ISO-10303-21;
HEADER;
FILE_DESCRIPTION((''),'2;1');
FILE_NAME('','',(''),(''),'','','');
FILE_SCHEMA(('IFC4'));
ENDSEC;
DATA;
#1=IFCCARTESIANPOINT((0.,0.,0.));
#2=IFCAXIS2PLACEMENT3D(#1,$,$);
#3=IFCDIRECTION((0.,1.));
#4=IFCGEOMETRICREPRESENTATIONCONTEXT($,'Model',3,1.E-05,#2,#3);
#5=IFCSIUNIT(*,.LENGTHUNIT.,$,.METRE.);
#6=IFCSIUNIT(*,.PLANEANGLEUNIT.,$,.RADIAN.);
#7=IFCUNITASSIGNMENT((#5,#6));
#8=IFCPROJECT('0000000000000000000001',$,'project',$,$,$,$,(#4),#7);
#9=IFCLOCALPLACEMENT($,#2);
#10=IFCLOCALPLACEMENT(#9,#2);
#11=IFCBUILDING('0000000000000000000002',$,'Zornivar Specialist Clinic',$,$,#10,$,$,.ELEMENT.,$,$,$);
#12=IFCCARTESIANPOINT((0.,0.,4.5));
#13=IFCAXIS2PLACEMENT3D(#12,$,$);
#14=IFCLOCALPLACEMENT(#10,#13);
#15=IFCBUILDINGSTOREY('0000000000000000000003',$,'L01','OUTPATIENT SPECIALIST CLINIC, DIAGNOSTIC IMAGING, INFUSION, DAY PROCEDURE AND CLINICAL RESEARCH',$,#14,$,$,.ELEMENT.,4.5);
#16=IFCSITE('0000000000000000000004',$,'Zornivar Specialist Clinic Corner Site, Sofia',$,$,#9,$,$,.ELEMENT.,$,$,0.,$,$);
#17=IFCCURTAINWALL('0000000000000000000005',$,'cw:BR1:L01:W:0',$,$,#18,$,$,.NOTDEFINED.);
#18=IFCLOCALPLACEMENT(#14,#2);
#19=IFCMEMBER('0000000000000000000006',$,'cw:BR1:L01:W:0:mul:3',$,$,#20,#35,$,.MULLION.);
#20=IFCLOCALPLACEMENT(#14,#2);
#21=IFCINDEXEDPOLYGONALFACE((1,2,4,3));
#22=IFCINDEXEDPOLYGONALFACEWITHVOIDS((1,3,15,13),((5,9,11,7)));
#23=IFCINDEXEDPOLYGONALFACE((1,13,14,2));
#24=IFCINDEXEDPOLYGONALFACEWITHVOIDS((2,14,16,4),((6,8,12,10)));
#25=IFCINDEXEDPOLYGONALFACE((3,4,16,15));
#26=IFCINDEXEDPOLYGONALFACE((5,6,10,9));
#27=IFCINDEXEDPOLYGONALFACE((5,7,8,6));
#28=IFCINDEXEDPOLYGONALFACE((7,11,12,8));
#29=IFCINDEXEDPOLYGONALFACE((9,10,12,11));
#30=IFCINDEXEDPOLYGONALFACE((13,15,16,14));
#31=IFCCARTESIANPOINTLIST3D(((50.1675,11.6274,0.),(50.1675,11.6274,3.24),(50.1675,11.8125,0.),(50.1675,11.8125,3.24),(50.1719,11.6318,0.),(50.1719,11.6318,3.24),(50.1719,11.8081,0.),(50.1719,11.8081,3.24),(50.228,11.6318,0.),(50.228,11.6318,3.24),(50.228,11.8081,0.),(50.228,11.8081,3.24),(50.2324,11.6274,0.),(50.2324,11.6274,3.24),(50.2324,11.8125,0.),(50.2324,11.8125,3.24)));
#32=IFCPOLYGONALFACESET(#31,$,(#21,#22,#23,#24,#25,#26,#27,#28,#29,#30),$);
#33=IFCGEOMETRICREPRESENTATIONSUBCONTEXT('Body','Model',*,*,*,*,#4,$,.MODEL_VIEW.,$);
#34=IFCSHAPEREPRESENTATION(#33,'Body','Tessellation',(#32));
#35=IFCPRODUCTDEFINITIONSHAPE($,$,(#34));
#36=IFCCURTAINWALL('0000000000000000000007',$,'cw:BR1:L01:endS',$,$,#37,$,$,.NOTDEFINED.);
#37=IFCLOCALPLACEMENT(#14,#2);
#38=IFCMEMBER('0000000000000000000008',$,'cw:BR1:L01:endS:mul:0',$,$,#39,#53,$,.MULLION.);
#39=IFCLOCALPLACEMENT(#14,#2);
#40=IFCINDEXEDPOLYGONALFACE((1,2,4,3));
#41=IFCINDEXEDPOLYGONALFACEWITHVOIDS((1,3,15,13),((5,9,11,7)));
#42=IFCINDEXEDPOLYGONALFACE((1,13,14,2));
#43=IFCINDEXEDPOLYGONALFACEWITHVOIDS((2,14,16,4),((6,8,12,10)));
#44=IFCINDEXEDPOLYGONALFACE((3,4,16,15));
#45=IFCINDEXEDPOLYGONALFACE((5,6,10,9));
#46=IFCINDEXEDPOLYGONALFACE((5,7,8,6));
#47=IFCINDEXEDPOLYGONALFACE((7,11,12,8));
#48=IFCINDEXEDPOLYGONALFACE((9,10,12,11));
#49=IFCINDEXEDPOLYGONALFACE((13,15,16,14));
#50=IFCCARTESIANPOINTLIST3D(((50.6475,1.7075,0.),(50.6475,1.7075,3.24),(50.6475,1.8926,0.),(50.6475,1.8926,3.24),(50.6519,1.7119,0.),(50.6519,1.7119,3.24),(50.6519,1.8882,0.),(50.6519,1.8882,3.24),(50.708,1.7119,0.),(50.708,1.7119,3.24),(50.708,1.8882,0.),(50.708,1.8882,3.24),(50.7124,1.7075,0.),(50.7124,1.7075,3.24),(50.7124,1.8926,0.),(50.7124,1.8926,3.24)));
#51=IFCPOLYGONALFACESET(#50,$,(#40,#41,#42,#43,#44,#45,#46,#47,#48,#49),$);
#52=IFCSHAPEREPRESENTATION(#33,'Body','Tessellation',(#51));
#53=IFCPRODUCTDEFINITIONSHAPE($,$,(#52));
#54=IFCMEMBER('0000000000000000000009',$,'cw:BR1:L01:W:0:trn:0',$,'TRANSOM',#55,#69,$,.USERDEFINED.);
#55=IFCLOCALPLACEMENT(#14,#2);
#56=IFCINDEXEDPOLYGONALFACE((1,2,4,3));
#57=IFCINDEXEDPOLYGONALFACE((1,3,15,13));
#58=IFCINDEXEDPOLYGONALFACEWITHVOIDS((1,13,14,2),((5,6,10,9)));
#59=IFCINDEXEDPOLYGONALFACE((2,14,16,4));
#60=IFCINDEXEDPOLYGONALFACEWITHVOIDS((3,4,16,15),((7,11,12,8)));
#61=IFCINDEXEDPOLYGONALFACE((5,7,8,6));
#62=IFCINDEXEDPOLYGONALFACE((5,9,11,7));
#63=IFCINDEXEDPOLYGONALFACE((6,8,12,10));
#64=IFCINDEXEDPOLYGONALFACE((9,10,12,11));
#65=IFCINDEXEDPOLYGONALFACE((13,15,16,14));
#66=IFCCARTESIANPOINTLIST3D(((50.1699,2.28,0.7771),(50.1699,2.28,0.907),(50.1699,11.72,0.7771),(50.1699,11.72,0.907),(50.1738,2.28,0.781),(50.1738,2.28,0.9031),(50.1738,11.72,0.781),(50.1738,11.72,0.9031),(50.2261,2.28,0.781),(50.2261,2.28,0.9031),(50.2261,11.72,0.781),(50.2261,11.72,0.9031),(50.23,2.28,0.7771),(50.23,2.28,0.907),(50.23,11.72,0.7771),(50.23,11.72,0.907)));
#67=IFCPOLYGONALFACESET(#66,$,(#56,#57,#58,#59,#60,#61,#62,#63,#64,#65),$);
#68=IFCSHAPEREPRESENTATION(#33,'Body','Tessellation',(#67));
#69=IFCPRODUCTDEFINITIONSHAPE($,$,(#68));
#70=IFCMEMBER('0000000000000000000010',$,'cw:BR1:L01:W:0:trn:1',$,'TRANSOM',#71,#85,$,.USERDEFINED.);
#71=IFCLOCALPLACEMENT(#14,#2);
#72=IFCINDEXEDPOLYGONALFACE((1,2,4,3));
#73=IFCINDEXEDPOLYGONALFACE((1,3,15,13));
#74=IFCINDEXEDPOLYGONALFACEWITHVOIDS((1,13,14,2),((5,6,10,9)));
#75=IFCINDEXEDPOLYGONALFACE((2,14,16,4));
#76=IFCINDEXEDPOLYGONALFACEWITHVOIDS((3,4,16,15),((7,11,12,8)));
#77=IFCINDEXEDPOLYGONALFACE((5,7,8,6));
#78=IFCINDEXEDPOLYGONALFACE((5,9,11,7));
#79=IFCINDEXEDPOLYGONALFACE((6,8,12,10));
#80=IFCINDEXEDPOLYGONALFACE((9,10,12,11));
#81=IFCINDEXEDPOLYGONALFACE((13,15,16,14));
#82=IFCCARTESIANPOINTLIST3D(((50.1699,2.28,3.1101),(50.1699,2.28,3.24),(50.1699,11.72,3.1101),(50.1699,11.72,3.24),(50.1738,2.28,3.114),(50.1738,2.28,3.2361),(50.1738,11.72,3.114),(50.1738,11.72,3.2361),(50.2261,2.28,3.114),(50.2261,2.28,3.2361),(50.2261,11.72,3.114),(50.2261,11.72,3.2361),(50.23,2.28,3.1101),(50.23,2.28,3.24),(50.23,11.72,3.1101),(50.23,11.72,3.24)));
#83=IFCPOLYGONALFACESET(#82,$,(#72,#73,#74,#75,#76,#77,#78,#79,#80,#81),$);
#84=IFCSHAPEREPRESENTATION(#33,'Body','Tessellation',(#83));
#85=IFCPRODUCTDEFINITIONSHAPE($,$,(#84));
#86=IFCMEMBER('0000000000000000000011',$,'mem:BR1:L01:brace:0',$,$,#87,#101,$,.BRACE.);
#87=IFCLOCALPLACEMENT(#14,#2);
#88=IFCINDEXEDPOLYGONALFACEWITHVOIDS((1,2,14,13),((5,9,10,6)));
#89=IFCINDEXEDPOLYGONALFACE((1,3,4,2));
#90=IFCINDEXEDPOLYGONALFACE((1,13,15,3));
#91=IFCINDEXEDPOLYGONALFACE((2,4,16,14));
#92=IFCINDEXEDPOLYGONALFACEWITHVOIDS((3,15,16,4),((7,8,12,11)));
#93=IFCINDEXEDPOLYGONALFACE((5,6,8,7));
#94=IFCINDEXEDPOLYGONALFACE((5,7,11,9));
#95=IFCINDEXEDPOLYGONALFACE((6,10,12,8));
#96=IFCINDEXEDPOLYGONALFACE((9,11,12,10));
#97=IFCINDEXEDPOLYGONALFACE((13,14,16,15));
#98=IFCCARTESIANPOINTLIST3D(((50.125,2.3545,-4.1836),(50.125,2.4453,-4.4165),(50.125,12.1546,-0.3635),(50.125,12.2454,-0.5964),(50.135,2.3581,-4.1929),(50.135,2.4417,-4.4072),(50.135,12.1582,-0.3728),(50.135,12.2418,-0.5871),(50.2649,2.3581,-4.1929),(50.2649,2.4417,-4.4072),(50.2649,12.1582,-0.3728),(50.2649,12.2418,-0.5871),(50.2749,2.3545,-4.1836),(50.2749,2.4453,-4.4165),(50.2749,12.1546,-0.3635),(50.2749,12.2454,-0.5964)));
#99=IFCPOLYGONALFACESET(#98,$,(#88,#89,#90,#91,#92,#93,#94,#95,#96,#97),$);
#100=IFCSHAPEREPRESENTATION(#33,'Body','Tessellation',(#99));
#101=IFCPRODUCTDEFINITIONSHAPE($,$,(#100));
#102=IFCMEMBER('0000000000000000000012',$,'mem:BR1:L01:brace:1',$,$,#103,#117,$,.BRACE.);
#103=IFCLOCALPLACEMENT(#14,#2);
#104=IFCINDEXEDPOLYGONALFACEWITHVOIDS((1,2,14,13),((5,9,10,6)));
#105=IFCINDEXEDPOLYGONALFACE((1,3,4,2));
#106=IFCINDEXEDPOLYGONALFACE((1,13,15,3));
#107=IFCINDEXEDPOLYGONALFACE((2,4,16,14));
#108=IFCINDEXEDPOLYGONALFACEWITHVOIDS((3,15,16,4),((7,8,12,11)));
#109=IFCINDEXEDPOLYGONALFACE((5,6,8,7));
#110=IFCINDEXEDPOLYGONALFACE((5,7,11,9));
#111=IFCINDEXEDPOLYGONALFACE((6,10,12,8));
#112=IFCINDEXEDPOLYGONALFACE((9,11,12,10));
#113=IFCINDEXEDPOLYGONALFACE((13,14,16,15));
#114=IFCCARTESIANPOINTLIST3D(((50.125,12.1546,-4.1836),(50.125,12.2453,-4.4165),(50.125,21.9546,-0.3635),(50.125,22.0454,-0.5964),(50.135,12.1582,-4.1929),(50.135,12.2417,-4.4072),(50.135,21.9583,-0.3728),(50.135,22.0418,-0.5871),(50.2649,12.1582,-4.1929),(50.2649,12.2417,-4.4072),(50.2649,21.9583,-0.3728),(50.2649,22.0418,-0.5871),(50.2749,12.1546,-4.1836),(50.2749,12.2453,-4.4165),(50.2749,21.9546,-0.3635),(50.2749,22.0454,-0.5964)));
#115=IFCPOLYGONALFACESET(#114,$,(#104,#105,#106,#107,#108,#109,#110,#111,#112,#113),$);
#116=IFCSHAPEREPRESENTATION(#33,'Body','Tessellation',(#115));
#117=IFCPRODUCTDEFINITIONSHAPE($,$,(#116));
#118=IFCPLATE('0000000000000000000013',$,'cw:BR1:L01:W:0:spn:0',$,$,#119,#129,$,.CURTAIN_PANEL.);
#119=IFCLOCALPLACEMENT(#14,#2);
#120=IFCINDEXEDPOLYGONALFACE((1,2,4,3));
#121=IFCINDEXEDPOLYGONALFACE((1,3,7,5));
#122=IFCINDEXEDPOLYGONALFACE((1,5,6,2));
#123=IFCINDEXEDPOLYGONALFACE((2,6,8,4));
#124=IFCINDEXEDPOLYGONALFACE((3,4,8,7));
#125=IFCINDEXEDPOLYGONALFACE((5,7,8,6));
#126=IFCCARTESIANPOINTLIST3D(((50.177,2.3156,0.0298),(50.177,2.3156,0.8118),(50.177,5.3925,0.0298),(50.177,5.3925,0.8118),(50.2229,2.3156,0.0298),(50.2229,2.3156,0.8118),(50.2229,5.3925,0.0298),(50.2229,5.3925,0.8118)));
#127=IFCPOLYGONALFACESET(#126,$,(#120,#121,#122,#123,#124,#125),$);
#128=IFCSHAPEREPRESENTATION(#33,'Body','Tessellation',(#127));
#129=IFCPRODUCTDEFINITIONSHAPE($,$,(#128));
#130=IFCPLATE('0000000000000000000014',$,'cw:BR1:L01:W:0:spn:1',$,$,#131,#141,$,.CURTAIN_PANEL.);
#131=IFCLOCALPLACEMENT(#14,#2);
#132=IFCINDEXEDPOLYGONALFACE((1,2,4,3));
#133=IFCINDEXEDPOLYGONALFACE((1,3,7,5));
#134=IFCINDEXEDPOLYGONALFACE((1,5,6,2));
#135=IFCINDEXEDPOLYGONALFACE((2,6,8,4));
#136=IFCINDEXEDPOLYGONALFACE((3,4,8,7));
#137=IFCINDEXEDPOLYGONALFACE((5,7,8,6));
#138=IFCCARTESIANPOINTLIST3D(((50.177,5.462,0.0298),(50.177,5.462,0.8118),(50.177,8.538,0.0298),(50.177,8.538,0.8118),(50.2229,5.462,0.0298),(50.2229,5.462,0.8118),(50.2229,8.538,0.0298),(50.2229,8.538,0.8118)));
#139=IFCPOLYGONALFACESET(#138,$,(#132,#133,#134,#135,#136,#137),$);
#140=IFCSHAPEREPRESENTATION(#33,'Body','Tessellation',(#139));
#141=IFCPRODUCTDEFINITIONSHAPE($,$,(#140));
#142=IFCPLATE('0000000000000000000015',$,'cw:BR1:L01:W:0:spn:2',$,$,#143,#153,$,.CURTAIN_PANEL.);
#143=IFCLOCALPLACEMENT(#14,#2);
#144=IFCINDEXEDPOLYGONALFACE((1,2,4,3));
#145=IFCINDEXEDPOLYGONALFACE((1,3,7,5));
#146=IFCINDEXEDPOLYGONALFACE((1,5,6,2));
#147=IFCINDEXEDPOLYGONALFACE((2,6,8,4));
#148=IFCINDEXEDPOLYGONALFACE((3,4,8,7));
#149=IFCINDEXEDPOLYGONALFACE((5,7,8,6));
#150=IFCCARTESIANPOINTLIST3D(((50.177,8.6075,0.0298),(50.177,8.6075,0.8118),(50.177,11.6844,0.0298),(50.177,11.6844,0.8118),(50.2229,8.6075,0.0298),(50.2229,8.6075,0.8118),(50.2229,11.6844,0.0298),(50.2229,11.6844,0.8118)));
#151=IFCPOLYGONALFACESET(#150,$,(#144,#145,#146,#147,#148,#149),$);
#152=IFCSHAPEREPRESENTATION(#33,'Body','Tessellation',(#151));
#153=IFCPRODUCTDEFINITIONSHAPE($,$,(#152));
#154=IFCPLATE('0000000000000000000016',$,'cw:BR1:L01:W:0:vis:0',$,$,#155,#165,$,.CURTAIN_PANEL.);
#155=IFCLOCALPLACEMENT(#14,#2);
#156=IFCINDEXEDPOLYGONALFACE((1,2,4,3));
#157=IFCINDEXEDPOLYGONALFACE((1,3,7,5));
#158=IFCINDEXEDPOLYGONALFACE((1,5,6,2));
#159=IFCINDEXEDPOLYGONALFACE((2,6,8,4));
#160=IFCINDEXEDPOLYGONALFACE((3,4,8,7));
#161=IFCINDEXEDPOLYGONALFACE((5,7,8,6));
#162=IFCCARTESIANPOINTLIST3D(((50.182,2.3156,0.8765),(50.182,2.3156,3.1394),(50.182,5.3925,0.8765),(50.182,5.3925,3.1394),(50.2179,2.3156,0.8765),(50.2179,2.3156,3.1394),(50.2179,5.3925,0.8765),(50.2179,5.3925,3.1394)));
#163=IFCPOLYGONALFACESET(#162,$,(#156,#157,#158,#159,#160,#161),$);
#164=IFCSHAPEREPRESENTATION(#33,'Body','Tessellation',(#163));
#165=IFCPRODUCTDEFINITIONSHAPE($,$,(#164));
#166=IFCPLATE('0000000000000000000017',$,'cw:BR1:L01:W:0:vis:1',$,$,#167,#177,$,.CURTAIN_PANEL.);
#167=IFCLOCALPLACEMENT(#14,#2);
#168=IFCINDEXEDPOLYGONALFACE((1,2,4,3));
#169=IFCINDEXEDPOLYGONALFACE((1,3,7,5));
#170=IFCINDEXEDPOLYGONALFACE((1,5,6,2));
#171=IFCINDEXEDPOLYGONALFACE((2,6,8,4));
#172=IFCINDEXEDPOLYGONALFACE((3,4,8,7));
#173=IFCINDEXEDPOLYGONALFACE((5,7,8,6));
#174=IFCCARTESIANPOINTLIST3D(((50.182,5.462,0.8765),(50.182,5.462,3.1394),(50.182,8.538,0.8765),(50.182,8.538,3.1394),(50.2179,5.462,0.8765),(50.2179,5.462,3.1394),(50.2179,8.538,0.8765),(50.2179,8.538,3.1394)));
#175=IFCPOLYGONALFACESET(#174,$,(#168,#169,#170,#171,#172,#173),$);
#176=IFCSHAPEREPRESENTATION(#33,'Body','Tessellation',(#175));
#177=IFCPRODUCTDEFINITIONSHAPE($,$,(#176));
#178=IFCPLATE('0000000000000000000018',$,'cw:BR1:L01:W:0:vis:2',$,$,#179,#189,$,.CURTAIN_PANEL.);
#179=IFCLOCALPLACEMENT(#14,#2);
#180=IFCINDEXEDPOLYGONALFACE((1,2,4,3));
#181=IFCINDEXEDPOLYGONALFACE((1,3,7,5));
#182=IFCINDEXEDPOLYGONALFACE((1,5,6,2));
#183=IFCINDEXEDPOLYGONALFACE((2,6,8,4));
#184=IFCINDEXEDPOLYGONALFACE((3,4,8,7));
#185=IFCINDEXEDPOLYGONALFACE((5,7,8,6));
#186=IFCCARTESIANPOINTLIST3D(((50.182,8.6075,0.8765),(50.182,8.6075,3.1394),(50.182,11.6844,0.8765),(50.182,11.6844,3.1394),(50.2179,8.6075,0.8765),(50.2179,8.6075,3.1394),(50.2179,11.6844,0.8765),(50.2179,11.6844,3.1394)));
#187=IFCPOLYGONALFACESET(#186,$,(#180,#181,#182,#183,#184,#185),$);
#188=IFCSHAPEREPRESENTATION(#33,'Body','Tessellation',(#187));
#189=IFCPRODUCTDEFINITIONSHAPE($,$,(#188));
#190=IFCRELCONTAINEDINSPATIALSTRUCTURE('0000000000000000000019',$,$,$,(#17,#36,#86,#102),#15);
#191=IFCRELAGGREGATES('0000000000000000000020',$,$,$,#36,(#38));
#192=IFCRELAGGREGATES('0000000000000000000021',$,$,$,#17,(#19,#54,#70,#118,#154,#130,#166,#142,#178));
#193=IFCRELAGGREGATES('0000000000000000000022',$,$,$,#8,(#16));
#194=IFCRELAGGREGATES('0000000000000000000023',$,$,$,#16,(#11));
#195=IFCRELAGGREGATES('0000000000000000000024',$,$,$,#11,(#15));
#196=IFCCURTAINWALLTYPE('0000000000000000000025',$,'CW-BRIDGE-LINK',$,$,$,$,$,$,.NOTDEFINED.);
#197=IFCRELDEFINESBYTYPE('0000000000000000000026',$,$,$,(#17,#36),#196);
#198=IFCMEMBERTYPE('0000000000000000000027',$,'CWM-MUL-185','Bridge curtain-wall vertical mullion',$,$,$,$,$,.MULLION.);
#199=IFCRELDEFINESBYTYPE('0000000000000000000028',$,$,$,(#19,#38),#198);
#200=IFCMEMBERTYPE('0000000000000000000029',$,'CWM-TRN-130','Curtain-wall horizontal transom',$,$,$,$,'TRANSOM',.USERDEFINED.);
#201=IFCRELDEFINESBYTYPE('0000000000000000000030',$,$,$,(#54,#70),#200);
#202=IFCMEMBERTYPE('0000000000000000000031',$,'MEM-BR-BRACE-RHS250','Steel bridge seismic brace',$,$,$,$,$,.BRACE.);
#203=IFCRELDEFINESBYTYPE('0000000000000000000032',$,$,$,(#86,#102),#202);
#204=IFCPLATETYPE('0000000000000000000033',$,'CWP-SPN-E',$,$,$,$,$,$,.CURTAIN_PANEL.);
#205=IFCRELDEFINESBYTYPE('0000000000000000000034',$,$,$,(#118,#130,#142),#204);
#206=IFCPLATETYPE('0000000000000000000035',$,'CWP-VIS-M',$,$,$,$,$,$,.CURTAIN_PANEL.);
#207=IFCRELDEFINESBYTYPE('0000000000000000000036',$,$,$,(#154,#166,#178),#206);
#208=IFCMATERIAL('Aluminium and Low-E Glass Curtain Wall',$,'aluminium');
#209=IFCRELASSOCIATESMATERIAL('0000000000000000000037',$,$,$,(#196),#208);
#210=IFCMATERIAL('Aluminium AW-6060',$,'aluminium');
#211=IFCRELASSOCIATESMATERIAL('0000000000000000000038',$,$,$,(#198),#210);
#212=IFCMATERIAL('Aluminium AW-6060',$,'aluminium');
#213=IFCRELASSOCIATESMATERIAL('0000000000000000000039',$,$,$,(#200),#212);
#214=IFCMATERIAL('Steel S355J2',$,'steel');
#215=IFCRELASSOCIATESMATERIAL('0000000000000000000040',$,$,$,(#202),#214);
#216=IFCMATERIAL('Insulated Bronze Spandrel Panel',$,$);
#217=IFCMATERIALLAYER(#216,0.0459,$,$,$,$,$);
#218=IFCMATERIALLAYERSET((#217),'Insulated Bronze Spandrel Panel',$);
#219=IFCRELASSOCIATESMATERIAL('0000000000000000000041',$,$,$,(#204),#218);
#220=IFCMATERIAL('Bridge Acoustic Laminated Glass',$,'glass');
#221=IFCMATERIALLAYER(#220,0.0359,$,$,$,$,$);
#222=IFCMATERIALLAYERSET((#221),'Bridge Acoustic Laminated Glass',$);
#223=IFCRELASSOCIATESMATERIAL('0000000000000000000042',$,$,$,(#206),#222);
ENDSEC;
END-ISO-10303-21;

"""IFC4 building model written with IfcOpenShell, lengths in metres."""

from ifc_helpers import new_model, si_unit, direction, frame, origin, origin_2d, place, context, subcontext, project, spatial, rectangle, hollow_rectangle, extrude, material, layer, layer_set, material_profile, profile_set, type_object, element, aggregate, save


model = new_model("IFC4")

# Units and contexts
model_context = context("Model", 3, precision=1e-05, world=origin(), true_north=direction((0.0, 1.0)))
body_context = subcontext(model_context, "Body", "Model", "MODEL_VIEW")
ifc_project = project(units=[si_unit("LENGTHUNIT", "METRE"), si_unit("PLANEANGLEUNIT", "RADIAN")], contexts=[model_context])

# Site, building, storey
site_placement = place(None, origin())
site = spatial("IfcSite", under=ifc_project, at=site_placement, Name="Zornivar Specialist Clinic Corner Site, Sofia", CompositionType="ELEMENT", RefElevation=0.0)
building_placement = place(site_placement, origin())
building = spatial("IfcBuilding", under=site, at=building_placement, Name="Zornivar Specialist Clinic", CompositionType="ELEMENT")
storey_placement = place(building_placement, frame((0.0, 0.0, 4.5)))
storey = spatial("IfcBuildingStorey", under=building, at=storey_placement, Name="L01", Description="OUTPATIENT SPECIALIST CLINIC, DIAGNOSTIC IMAGING, INFUSION, DAY PROCEDURE AND CLINICAL RESEARCH", CompositionType="ELEMENT", Elevation=4.5)

# Curtain wall, member
ifc_material_1 = material(Name="Aluminium and Low-E Glass Curtain Wall", Category="aluminium")
curtain_wall_type = type_object("IfcCurtainWallType", Name="CW-BRIDGE-LINK", PredefinedType="NOTDEFINED", material=ifc_material_1)
curtain_wall_1_placement = place(storey_placement, origin())
curtain_wall_1 = element("IfcCurtainWall", 1, at=curtain_wall_1_placement, inside=storey, type_object=curtain_wall_type, Name="cw:BR1:L01:W:0", PredefinedType="NOTDEFINED")
ifc_material_2 = material(Name="Aluminium AW-6060", Category="aluminium")
ifc_material_profile_1 = material_profile(ifc_material_2, hollow_rectangle(XDim=0.0649, YDim=0.1851, WallThickness=0.0044, at=origin_2d()), Name="ALU 65x185x4.5")
ifc_profile_set_1 = profile_set([ifc_material_profile_1], Name="Aluminium AW-6060")
member_type_1 = type_object("IfcMemberType", Name="CWM-MUL-185", Description="Bridge curtain-wall vertical mullion", PredefinedType="MULLION", material=ifc_profile_set_1)
member_1_placement = place(storey_placement, frame((50.2, 11.72, 0.0), z_axis=(0.0, 0.0, 1.0), x_axis=(1.0, 0.0, 0.0)))
member_1 = element("IfcMember", 2, at=member_1_placement, type_object=member_type_1, Name="cw:BR1:L01:W:0:mul:3", PredefinedType="MULLION", context=body_context, shape_type="SweptSolid", body=[
    extrude(hollow_rectangle(XDim=0.0649, YDim=0.1851, WallThickness=0.0044, at=origin_2d()), origin(), (0.0, 0.0, 1.0), 3.24),
])

# Curtain wall, member
curtain_wall_2_placement = place(storey_placement, origin())
curtain_wall_2 = element("IfcCurtainWall", 3, at=curtain_wall_2_placement, inside=storey, type_object=curtain_wall_type, Name="cw:BR1:L01:endS", PredefinedType="NOTDEFINED")
member_2_placement = place(storey_placement, frame((50.6799, 1.8, 0.0), z_axis=(0.0, 0.0, 1.0), x_axis=(1.0, 0.0, 0.0)))
member_2 = element("IfcMember", 4, at=member_2_placement, type_object=member_type_1, Name="cw:BR1:L01:endS:mul:0", PredefinedType="MULLION", context=body_context, shape_type="SweptSolid", body=[
    extrude(hollow_rectangle(XDim=0.0649, YDim=0.1851, WallThickness=0.0044, at=origin_2d()), origin(), (0.0, 0.0, 1.0), 3.24),
])
aggregate(curtain_wall_2, [member_2])

# Members
ifc_material_3 = material(Name="Aluminium AW-6060", Category="aluminium")
ifc_material_profile_2 = material_profile(ifc_material_3, hollow_rectangle(XDim=0.0601, YDim=0.1299, WallThickness=0.0039, at=origin_2d()), Name="ALU 60x130x4")
ifc_profile_set_2 = profile_set([ifc_material_profile_2], Name="Aluminium AW-6060")
member_type_2 = type_object("IfcMemberType", Name="CWM-TRN-130", Description="Curtain-wall horizontal transom", ElementType="TRANSOM", PredefinedType="USERDEFINED", material=ifc_profile_set_2)
member_3_placement = place(storey_placement, frame((50.2, 2.28, 0.842), z_axis=(0.0, 1.0, 0.0), x_axis=(-1.0, 0.0, 0.0)))
member_3 = element("IfcMember", 5, at=member_3_placement, type_object=member_type_2, Name="cw:BR1:L01:W:0:trn:0", ObjectType="TRANSOM", PredefinedType="USERDEFINED", context=body_context, shape_type="SweptSolid", body=[
    extrude(hollow_rectangle(XDim=0.0601, YDim=0.1299, WallThickness=0.0039, at=origin_2d()), origin(), (0.0, 0.0, 1.0), 9.4399),
])
member_4_placement = place(storey_placement, frame((50.2, 2.28, 3.175), z_axis=(0.0, 1.0, 0.0), x_axis=(-1.0, 0.0, 0.0)))
member_4 = element("IfcMember", 6, at=member_4_placement, type_object=member_type_2, Name="cw:BR1:L01:W:0:trn:1", ObjectType="TRANSOM", PredefinedType="USERDEFINED", context=body_context, shape_type="SweptSolid", body=[
    extrude(hollow_rectangle(XDim=0.0601, YDim=0.1299, WallThickness=0.0039, at=origin_2d()), origin(), (0.0, 0.0, 1.0), 9.4399),
])

# Members
ifc_material_4 = material(Name="Steel S355J2", Category="steel")
ifc_material_profile_3 = material_profile(ifc_material_4, hollow_rectangle(XDim=0.1499, YDim=0.25, WallThickness=0.01, at=origin_2d()), Name="RHS 250x150x10")
ifc_profile_set_3 = profile_set([ifc_material_profile_3], Name="Steel S355J2")
member_type_3 = type_object("IfcMemberType", Name="MEM-BR-BRACE-RHS250", Description="Steel bridge seismic brace", PredefinedType="BRACE", material=ifc_profile_set_3)
for number, where, z_axis, x_axis, name in (
    (7, (50.2, 2.3999, -4.3), (0.0, 0.931717, 0.363184), (-1.0, 0.0, 0.0), "mem:BR1:L01:brace:0"),
    (8, (50.2, 12.2, -4.3), (0.0, 0.931717, 0.363184), (-1.0, 0.0, 0.0), "mem:BR1:L01:brace:1"),
):
    element("IfcMember", number, at=place(storey_placement, frame(where, z_axis=z_axis, x_axis=x_axis)), inside=storey, type_object=member_type_3, Name=name, PredefinedType="BRACE", context=body_context, shape_type="SweptSolid", body=[
        extrude(hollow_rectangle(XDim=0.1499, YDim=0.25, WallThickness=0.01, at=origin_2d()), origin(), (0.0, 0.0, 1.0), 10.5183),
    ])

# Plates
ifc_material_5 = material(Name="Insulated Bronze Spandrel Panel")
ifc_layer_1 = layer(ifc_material_5, 0.0459)
ifc_layer_set_1 = layer_set([ifc_layer_1], Name="Insulated Bronze Spandrel Panel")
plate_type_1 = type_object("IfcPlateType", Name="CWP-SPN-E", PredefinedType="CURTAIN_PANEL", material=ifc_layer_set_1)
plate_1_placement = place(storey_placement, frame((50.2, 3.854, 0.0298), z_axis=(0.0, 0.0, 1.0), x_axis=(0.0, 1.0, 0.0)))
plate_1 = element("IfcPlate", 9, at=plate_1_placement, type_object=plate_type_1, Name="cw:BR1:L01:W:0:spn:0", PredefinedType="CURTAIN_PANEL", context=body_context, shape_type="SweptSolid", body=[
    extrude(rectangle(XDim=3.0769, YDim=0.0459, at=origin_2d()), origin(), (0.0, 0.0, 1.0), 0.782),
])
plate_2_placement = place(storey_placement, frame((50.2, 7.0, 0.0298), z_axis=(0.0, 0.0, 1.0), x_axis=(0.0, 1.0, 0.0)))
plate_2 = element("IfcPlate", 10, at=plate_2_placement, type_object=plate_type_1, Name="cw:BR1:L01:W:0:spn:1", PredefinedType="CURTAIN_PANEL", context=body_context, shape_type="SweptSolid", body=[
    extrude(rectangle(XDim=3.0759, YDim=0.0459, at=origin_2d()), origin(), (0.0, 0.0, 1.0), 0.782),
])
plate_3_placement = place(storey_placement, frame((50.2, 10.146, 0.0298), z_axis=(0.0, 0.0, 1.0), x_axis=(0.0, 1.0, 0.0)))
plate_3 = element("IfcPlate", 11, at=plate_3_placement, type_object=plate_type_1, Name="cw:BR1:L01:W:0:spn:2", PredefinedType="CURTAIN_PANEL", context=body_context, shape_type="SweptSolid", body=[
    extrude(rectangle(XDim=3.0769, YDim=0.0459, at=origin_2d()), origin(), (0.0, 0.0, 1.0), 0.782),
])
ifc_material_6 = material(Name="Bridge Acoustic Laminated Glass", Category="glass")
ifc_layer_2 = layer(ifc_material_6, 0.0359)
ifc_layer_set_2 = layer_set([ifc_layer_2], Name="Bridge Acoustic Laminated Glass")
plate_type_2 = type_object("IfcPlateType", Name="CWP-VIS-M", PredefinedType="CURTAIN_PANEL", material=ifc_layer_set_2)
plate_4_placement = place(storey_placement, frame((50.2, 3.854, 0.8765), z_axis=(0.0, 0.0, 1.0), x_axis=(0.0, 1.0, 0.0)))
plate_4 = element("IfcPlate", 12, at=plate_4_placement, type_object=plate_type_2, Name="cw:BR1:L01:W:0:vis:0", PredefinedType="CURTAIN_PANEL", context=body_context, shape_type="SweptSolid", body=[
    extrude(rectangle(XDim=3.0769, YDim=0.0359, at=origin_2d()), origin(), (0.0, 0.0, 1.0), 2.2629),
])
plate_5_placement = place(storey_placement, frame((50.2, 7.0, 0.8765), z_axis=(0.0, 0.0, 1.0), x_axis=(0.0, 1.0, 0.0)))
plate_5 = element("IfcPlate", 13, at=plate_5_placement, type_object=plate_type_2, Name="cw:BR1:L01:W:0:vis:1", PredefinedType="CURTAIN_PANEL", context=body_context, shape_type="SweptSolid", body=[
    extrude(rectangle(XDim=3.0759, YDim=0.0359, at=origin_2d()), origin(), (0.0, 0.0, 1.0), 2.2629),
])
plate_6_placement = place(storey_placement, frame((50.2, 10.146, 0.8765), z_axis=(0.0, 0.0, 1.0), x_axis=(0.0, 1.0, 0.0)))
plate_6 = element("IfcPlate", 14, at=plate_6_placement, type_object=plate_type_2, Name="cw:BR1:L01:W:0:vis:2", PredefinedType="CURTAIN_PANEL", context=body_context, shape_type="SweptSolid", body=[
    extrude(rectangle(XDim=3.0769, YDim=0.0359, at=origin_2d()), origin(), (0.0, 0.0, 1.0), 2.2629),
])
aggregate(curtain_wall_1, [member_1, member_3, member_4, plate_1, plate_4, plate_2, plate_5, plate_3, plate_6])

save(model, "model.ifc")
